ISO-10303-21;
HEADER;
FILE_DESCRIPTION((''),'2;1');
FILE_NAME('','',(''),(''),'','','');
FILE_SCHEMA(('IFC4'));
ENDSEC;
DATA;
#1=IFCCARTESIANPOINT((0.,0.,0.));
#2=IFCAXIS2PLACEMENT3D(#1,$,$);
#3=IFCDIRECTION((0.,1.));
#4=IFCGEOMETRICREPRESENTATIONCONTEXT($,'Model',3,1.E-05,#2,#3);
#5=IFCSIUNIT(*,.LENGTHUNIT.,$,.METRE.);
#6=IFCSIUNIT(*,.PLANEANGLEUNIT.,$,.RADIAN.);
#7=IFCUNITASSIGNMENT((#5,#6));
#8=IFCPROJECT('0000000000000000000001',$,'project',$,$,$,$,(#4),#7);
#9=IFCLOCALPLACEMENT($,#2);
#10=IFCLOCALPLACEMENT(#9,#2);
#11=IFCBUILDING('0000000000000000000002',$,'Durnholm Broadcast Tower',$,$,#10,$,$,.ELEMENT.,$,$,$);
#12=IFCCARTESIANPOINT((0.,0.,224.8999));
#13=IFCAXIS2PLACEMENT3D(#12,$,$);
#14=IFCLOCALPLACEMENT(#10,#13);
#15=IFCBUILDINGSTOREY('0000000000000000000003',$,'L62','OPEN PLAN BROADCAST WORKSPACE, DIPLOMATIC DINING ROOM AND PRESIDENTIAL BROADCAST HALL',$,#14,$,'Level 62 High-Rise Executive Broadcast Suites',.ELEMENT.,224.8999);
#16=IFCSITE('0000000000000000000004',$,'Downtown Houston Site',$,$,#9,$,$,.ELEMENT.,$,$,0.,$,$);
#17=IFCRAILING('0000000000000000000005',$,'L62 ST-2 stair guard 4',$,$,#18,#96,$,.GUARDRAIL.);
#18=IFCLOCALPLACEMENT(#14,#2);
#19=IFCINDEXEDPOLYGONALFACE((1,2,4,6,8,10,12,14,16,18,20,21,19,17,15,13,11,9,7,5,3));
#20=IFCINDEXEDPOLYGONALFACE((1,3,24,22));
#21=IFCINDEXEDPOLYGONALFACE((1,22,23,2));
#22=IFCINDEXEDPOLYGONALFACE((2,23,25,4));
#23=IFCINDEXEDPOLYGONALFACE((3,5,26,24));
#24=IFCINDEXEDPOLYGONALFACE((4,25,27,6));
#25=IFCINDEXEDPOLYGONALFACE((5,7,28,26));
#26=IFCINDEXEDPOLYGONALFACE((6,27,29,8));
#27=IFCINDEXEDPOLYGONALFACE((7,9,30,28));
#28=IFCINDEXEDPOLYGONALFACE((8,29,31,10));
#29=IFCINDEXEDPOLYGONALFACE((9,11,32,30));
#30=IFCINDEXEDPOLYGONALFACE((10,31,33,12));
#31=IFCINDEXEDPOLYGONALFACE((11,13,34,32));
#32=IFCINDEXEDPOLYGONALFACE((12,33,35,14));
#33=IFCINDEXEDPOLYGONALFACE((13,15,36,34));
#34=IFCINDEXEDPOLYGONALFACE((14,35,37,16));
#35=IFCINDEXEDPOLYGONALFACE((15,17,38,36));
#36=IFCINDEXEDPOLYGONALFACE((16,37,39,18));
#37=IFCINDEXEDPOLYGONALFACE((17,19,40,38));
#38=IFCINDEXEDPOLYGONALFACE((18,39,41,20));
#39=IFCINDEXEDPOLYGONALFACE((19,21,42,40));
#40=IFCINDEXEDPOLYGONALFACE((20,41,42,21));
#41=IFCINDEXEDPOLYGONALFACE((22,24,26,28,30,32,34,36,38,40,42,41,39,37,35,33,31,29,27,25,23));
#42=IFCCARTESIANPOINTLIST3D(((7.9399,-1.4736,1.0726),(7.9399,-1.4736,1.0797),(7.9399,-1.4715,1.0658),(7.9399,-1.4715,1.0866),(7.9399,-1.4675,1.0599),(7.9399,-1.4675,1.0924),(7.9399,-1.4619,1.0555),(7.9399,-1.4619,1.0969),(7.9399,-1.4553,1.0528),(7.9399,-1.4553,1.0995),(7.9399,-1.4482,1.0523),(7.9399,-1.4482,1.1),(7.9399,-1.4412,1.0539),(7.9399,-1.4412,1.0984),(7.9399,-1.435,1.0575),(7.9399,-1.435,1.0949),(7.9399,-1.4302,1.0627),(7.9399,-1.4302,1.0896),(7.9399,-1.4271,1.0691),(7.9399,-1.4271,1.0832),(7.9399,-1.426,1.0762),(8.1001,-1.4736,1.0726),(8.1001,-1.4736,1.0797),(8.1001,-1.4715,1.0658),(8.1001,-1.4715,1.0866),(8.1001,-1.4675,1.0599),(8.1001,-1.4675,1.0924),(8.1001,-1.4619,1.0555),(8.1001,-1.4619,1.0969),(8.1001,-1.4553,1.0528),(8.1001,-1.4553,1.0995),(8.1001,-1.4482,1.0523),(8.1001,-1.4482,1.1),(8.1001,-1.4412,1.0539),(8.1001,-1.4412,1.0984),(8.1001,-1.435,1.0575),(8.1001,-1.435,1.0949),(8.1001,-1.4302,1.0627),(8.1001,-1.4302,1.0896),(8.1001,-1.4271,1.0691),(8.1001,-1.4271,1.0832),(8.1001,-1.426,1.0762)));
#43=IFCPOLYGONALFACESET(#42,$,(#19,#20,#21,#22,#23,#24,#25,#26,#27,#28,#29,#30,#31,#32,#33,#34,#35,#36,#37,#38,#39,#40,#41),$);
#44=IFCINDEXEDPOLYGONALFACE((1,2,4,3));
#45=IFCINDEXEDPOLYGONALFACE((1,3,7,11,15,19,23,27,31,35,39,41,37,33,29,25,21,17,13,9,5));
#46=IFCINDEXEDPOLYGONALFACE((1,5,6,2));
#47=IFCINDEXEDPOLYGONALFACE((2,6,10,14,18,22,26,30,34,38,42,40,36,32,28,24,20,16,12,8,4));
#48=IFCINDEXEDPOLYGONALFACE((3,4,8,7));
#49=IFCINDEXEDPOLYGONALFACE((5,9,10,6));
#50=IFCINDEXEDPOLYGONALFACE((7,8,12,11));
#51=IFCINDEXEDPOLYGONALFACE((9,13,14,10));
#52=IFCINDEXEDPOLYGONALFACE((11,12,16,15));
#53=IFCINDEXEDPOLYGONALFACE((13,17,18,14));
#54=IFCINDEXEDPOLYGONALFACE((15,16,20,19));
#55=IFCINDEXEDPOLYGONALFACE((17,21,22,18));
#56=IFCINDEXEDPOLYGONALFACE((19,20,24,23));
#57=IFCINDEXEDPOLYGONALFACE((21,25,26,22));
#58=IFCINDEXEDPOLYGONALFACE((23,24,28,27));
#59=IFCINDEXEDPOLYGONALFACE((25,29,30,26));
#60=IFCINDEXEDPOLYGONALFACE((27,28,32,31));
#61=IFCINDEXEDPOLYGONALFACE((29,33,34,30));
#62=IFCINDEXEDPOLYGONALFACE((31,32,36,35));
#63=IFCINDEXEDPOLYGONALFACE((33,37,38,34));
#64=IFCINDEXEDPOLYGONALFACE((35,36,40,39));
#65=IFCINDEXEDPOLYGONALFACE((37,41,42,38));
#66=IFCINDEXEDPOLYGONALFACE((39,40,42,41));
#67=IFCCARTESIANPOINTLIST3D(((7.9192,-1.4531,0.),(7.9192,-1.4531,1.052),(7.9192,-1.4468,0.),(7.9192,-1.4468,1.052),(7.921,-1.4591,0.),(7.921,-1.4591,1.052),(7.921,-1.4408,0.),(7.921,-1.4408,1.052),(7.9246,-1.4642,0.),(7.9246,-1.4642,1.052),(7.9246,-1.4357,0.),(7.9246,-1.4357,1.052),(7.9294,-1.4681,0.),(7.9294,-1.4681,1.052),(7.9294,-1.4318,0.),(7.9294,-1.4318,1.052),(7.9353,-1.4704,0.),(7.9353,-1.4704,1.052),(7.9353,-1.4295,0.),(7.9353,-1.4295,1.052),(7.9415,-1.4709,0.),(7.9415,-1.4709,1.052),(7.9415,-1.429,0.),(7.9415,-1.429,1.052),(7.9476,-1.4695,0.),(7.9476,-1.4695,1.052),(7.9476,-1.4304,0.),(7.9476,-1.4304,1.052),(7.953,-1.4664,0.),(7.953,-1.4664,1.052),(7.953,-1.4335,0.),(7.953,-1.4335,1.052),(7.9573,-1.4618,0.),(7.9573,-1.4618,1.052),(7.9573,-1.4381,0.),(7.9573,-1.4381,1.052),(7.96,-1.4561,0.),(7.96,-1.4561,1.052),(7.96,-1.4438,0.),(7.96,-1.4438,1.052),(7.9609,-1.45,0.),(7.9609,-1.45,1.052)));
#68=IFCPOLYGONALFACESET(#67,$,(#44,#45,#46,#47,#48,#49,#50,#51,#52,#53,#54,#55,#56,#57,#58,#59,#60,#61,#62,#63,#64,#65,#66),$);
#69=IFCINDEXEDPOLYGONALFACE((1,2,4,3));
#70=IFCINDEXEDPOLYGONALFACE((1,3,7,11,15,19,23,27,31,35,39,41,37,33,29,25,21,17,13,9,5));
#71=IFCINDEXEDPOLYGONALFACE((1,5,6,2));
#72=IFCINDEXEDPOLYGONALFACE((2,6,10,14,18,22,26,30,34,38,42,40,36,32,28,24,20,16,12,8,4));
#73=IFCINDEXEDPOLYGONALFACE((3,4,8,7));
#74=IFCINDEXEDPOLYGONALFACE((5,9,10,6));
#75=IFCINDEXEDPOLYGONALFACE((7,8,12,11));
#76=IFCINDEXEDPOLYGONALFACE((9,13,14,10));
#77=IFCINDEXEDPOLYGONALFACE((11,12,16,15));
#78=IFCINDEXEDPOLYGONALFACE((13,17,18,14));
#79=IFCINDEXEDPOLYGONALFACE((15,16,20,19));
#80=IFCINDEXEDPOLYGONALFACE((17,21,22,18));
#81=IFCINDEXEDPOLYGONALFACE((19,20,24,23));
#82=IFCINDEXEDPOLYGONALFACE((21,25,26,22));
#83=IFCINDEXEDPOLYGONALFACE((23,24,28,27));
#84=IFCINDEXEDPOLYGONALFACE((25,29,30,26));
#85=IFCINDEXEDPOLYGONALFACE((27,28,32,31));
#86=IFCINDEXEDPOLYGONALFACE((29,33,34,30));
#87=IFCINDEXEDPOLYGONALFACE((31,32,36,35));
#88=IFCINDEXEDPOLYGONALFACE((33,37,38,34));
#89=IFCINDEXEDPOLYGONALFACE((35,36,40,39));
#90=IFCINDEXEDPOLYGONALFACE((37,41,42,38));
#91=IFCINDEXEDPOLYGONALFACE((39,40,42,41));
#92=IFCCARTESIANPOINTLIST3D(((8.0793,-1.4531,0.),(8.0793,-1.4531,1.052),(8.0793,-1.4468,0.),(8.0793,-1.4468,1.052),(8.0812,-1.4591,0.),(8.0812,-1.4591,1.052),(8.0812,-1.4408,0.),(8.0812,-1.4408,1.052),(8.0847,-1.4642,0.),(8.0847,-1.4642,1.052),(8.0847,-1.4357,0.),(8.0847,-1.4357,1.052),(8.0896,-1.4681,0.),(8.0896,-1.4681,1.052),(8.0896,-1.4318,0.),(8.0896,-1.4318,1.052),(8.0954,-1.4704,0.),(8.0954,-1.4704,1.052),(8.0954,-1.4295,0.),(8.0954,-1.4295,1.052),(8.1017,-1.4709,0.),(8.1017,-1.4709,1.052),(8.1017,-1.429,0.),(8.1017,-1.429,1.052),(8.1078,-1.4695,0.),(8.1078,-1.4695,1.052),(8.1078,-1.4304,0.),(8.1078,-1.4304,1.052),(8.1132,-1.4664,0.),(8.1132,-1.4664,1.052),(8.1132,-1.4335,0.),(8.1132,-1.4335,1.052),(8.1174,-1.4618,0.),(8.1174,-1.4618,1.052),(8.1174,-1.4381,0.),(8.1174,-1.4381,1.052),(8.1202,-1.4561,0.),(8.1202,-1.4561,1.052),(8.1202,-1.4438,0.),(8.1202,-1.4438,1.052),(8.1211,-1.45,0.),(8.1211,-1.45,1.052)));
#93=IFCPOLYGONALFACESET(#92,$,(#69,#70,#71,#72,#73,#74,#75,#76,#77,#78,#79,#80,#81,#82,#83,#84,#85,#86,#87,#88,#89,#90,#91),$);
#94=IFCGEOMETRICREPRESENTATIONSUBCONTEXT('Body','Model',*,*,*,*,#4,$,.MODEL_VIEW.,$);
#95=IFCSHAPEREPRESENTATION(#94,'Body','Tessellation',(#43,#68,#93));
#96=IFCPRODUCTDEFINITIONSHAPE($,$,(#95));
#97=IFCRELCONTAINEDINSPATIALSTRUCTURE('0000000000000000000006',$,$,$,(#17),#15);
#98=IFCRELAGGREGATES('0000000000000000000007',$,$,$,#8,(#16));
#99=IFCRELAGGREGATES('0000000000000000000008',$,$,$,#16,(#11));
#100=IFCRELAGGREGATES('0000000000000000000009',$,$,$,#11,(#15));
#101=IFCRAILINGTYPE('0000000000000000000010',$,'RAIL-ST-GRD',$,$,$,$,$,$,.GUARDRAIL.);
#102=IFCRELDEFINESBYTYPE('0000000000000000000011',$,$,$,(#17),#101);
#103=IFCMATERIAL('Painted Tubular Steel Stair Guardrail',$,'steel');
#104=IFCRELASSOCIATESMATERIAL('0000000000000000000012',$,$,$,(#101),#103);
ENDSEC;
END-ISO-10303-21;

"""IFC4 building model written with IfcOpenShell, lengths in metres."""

from ifc_helpers import new_model, si_unit, direction, frame, origin, origin_2d, place, context, subcontext, project, spatial, circle, extrude, material, type_object, element, save


model = new_model("IFC4")

# Units and contexts
model_context = context("Model", 3, precision=1e-05, world=origin(), true_north=direction((0.0, 1.0)))
body_context = subcontext(model_context, "Body", "Model", "MODEL_VIEW")
ifc_project = project(units=[si_unit("LENGTHUNIT", "METRE"), si_unit("PLANEANGLEUNIT", "RADIAN")], contexts=[model_context])

# Site, building, storey
site_placement = place(None, origin())
site = spatial("IfcSite", under=ifc_project, at=site_placement, Name="Downtown Houston Site", CompositionType="ELEMENT", RefElevation=0.0)
building_placement = place(site_placement, origin())
building = spatial("IfcBuilding", under=site, at=building_placement, Name="Durnholm Broadcast Tower", CompositionType="ELEMENT")
storey_placement = place(building_placement, frame((0.0, 0.0, 224.8999)))
storey = spatial("IfcBuildingStorey", under=building, at=storey_placement, Name="L62", Description="OPEN PLAN BROADCAST WORKSPACE, DIPLOMATIC DINING ROOM AND PRESIDENTIAL BROADCAST HALL", LongName="Level 62 High-Rise Executive Broadcast Suites", CompositionType="ELEMENT", Elevation=224.8999)

# Railing
ifc_material_1 = material(Name="Painted Tubular Steel Stair Guardrail", Category="steel")
railing_type_1 = type_object("IfcRailingType", Name="RAIL-ST-GRD", PredefinedType="GUARDRAIL", material=ifc_material_1)
railing_1_placement = place(storey_placement, frame((7.9399, -1.45, 0.0)))
element("IfcRailing", 1, at=railing_1_placement, inside=storey, type_object=railing_type_1, Name="L62 ST-2 stair guard 4", PredefinedType="GUARDRAIL", context=body_context, shape_type="SweptSolid", body=[
    extrude(circle(Radius=0.0239, at=origin_2d()), frame((0.0, 0.0, 1.0762), z_axis=(1.0, 0.0, 0.0), x_axis=(0.0, 1.0, 0.0)), (0.0, 0.0, 1.0), 0.1602),
    extrude(circle(Radius=0.021, at=origin_2d()), origin(), (0.0, 0.0, 1.0), 1.052),
    extrude(circle(Radius=0.021, at=origin_2d()), frame((0.1602, 0.0, 0.0)), (0.0, 0.0, 1.0), 1.052),
])

save(model, "model.ifc")
